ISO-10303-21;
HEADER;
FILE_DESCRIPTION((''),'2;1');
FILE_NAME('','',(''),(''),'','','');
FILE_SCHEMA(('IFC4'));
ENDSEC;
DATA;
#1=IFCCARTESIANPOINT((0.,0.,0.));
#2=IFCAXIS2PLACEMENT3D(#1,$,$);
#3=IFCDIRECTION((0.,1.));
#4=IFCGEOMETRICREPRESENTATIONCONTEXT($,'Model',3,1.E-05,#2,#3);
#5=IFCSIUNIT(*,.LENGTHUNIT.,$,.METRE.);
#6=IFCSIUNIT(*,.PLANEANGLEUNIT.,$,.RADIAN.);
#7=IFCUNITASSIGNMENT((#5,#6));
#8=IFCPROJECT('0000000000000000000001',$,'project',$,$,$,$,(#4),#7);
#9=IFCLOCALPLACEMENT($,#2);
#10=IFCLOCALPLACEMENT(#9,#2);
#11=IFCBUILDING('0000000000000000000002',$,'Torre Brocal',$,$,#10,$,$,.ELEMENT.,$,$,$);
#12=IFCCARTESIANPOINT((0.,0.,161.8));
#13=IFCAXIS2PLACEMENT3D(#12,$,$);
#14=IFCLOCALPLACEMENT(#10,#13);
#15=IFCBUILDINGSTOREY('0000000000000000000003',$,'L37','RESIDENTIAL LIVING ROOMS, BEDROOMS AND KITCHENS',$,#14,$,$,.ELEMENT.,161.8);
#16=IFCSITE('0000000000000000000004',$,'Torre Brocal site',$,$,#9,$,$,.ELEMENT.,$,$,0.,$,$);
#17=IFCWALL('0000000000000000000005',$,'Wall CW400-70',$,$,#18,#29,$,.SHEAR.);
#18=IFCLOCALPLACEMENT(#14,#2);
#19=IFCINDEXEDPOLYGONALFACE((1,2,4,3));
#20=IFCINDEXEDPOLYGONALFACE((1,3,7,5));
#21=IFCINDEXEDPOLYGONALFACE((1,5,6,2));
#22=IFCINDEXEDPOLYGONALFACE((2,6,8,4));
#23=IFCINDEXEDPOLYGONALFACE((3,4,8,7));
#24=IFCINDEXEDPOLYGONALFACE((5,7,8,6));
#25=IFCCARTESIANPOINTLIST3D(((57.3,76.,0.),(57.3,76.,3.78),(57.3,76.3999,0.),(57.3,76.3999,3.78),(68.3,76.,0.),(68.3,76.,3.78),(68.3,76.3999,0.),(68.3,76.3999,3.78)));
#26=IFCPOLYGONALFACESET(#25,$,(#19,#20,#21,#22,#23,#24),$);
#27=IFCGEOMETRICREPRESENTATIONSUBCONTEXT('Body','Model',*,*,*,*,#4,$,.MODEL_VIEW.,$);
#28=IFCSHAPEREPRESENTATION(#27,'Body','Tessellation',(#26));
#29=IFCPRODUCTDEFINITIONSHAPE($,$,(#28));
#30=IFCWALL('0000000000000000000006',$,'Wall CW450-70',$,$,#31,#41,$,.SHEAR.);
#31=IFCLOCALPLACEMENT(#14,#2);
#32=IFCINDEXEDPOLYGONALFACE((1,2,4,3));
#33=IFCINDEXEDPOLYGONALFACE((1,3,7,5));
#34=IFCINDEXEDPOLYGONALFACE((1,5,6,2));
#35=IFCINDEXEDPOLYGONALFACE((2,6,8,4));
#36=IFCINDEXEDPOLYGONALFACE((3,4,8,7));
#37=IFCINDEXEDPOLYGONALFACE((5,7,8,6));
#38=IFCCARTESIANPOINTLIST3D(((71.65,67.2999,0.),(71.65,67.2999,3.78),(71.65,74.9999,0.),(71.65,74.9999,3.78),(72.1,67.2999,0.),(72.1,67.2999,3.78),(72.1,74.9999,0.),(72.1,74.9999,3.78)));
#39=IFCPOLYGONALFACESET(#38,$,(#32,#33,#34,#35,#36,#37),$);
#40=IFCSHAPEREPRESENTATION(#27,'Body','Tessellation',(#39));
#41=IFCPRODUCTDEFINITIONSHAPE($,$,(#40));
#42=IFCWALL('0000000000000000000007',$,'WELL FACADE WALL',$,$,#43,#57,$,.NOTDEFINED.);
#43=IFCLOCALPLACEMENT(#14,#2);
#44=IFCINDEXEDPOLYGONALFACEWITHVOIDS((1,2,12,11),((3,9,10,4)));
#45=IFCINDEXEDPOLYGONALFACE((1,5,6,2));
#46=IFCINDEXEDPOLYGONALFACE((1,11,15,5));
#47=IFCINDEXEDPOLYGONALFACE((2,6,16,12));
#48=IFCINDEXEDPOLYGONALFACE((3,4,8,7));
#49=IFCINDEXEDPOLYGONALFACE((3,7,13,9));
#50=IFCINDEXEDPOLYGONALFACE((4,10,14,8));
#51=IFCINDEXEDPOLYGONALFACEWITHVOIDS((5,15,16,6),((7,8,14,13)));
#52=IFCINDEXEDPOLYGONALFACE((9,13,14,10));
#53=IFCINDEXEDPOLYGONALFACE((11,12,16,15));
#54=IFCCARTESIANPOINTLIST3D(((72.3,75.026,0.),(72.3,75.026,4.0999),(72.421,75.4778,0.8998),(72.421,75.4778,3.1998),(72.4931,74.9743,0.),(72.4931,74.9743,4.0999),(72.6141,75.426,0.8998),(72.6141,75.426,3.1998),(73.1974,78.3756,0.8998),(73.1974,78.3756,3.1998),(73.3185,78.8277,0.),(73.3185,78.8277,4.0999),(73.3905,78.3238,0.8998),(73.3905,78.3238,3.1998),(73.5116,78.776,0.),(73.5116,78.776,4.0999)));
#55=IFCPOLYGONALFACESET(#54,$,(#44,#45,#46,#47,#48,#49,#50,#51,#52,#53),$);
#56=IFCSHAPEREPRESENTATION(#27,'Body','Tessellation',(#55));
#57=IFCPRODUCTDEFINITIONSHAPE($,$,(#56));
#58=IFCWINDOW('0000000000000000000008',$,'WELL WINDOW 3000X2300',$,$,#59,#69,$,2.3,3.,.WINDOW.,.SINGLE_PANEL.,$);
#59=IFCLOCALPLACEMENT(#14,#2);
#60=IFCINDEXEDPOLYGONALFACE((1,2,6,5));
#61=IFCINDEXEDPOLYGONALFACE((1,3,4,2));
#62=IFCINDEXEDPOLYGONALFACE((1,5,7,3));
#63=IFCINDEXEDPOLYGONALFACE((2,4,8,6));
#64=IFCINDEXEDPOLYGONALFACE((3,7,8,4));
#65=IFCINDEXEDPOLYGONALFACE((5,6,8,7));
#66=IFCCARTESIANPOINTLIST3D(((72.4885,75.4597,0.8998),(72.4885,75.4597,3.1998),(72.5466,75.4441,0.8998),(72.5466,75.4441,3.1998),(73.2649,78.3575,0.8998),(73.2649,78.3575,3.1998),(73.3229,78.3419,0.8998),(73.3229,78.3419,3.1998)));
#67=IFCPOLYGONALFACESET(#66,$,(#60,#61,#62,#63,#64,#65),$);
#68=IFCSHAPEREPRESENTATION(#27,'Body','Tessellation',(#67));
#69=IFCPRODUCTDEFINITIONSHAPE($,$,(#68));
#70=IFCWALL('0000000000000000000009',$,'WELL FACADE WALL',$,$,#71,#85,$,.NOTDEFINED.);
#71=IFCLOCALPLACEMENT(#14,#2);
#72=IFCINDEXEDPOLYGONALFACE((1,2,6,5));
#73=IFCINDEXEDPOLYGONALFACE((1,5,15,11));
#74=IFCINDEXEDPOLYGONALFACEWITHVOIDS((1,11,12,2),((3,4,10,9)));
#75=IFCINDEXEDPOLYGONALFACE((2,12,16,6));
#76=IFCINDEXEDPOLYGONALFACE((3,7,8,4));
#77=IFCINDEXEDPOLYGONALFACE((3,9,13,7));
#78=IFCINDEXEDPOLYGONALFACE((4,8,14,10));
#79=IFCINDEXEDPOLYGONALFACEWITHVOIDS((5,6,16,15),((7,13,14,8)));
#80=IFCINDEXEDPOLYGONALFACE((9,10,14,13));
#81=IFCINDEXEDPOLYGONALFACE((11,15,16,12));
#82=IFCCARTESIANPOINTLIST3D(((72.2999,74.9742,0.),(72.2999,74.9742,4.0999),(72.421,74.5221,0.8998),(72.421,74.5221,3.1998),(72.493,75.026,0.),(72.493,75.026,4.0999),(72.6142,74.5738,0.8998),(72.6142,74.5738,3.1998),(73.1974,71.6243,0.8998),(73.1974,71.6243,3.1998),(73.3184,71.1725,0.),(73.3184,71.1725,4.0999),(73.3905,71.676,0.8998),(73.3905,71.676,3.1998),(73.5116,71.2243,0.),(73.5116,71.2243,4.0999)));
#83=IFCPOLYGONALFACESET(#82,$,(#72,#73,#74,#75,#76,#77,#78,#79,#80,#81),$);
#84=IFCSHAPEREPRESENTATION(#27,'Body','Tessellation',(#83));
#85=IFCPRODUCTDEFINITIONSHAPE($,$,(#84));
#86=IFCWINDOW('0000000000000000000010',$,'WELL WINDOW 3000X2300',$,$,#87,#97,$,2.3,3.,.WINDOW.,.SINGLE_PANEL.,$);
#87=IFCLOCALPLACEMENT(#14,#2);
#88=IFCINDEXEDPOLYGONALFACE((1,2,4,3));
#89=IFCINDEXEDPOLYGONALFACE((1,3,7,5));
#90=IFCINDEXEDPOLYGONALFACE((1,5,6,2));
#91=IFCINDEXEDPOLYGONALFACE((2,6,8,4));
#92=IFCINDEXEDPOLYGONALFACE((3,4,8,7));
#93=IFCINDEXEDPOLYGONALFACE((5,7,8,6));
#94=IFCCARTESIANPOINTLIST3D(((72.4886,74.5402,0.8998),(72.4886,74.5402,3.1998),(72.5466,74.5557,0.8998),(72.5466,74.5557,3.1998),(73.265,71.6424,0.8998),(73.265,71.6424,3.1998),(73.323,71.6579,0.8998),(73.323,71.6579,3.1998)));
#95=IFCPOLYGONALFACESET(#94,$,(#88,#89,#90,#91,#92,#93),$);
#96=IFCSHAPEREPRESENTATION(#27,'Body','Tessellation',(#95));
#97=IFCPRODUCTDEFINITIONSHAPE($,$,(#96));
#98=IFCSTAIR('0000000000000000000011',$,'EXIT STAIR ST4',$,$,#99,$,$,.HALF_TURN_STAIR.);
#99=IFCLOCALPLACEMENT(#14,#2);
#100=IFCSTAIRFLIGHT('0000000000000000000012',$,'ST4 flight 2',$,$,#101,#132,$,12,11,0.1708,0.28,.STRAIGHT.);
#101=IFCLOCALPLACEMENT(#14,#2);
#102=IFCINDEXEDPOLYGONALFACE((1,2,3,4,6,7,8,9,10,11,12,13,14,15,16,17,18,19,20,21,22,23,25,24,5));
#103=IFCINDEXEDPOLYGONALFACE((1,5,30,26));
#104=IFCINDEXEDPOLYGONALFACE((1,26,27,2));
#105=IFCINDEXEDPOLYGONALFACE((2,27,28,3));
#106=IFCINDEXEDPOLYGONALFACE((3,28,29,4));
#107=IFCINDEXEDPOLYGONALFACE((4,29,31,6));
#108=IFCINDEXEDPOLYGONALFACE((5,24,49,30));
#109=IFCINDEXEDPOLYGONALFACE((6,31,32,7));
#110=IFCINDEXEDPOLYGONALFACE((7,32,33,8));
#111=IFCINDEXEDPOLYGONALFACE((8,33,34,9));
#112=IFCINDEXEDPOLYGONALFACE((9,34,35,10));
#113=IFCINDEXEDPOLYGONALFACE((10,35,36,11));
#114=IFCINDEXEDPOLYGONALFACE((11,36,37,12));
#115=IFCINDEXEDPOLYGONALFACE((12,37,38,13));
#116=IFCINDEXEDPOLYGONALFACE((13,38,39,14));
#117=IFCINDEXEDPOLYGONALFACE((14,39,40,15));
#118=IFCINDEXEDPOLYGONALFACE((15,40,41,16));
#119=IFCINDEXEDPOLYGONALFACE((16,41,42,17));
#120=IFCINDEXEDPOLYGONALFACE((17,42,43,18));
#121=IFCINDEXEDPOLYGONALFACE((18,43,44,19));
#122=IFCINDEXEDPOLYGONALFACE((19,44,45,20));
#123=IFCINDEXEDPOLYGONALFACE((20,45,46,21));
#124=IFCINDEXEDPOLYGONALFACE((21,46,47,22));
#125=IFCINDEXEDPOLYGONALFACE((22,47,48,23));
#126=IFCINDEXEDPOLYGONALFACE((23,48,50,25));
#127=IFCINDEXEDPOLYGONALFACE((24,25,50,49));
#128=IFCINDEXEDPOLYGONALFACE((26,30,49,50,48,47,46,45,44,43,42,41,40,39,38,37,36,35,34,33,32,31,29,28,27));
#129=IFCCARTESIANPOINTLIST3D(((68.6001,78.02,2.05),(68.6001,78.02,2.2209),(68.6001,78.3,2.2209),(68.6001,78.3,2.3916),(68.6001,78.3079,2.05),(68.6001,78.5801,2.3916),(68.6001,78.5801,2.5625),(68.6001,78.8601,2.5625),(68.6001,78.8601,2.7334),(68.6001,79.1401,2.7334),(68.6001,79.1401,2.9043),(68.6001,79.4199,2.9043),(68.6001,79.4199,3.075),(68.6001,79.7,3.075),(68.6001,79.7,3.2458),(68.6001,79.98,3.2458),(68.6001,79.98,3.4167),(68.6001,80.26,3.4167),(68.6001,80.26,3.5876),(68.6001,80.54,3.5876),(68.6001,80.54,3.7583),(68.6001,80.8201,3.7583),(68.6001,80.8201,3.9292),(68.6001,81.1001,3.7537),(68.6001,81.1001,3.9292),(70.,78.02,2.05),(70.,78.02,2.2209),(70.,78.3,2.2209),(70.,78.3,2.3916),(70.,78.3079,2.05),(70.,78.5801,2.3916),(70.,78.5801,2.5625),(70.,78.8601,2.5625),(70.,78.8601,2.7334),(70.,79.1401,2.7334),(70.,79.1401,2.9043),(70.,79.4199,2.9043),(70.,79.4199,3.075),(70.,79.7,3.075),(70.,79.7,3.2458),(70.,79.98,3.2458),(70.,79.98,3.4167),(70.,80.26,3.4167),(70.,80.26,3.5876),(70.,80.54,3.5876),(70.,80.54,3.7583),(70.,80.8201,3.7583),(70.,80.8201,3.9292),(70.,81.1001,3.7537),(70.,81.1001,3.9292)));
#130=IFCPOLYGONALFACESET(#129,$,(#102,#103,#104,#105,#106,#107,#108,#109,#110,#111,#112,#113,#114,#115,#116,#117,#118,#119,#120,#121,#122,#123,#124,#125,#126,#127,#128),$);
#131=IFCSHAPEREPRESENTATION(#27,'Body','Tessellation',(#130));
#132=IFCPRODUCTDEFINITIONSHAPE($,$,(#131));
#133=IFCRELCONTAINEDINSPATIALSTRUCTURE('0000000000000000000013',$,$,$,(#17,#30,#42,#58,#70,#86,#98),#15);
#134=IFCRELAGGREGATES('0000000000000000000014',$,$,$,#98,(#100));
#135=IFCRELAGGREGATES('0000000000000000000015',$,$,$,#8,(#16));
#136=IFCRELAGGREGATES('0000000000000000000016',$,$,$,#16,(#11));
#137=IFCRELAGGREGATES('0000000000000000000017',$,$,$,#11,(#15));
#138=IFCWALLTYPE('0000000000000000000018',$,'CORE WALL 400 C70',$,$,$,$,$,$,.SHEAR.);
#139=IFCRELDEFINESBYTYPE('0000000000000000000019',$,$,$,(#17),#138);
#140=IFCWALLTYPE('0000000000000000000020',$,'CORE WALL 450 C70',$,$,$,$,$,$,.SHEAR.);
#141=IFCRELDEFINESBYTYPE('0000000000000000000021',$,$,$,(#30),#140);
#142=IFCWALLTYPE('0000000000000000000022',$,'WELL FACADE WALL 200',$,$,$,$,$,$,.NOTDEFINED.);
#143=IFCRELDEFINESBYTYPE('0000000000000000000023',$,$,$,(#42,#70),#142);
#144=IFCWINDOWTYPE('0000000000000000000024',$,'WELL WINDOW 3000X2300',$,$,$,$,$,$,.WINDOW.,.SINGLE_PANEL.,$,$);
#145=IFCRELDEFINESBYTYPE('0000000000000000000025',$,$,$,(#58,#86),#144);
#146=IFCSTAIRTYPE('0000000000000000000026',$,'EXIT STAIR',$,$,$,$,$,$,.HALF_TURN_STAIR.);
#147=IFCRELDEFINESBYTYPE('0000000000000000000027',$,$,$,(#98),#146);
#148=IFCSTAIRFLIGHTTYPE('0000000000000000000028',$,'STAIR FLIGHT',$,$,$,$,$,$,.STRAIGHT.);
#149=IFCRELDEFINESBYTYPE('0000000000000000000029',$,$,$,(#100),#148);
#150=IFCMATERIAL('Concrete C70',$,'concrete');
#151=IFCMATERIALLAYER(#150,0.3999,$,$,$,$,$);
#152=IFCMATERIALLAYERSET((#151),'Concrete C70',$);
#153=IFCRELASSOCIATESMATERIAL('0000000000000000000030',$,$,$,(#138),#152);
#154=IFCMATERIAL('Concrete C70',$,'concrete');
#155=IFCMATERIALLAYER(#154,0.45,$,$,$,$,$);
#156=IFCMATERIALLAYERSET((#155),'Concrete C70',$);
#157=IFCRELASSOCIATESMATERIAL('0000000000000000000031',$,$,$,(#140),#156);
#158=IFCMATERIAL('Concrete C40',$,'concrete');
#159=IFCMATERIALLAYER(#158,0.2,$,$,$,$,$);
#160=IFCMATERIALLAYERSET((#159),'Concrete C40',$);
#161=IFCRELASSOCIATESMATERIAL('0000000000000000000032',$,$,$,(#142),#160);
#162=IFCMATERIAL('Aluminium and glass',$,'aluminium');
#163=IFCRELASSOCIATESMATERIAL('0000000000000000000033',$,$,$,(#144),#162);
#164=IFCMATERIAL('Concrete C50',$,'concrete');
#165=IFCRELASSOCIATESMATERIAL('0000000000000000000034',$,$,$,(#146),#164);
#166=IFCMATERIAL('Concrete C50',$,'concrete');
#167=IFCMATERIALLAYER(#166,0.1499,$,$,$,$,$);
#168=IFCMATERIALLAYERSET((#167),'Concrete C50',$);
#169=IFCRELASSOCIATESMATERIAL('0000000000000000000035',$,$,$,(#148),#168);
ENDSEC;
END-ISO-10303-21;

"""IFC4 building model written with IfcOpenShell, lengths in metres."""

from ifc_helpers import new_model, si_unit, direction, frame, frame_2d, origin, place, context, subcontext, project, spatial, polyline, rectangle, outline, extrude, material, layer, layer_set, type_object, element, fill, aggregate, save


model = new_model("IFC4")

# Units and contexts
model_context = context("Model", 3, precision=1e-05, world=origin(), true_north=direction((0.0, 1.0)))
body_context = subcontext(model_context, "Body", "Model", "MODEL_VIEW")
ifc_project = project(units=[si_unit("LENGTHUNIT", "METRE"), si_unit("PLANEANGLEUNIT", "RADIAN")], contexts=[model_context])

# Site, building, storey
site_placement = place(None, origin())
site = spatial("IfcSite", under=ifc_project, at=site_placement, Name="Torre Brocal site", CompositionType="ELEMENT", RefElevation=0.0)
building_placement = place(site_placement, origin())
building = spatial("IfcBuilding", under=site, at=building_placement, Name="Torre Brocal", CompositionType="ELEMENT")
storey_placement = place(building_placement, frame((0.0, 0.0, 161.8)))
storey = spatial("IfcBuildingStorey", under=building, at=storey_placement, Name="L37", Description="RESIDENTIAL LIVING ROOMS, BEDROOMS AND KITCHENS", CompositionType="ELEMENT", Elevation=161.8)

# Walls
ifc_material_1 = material(Name="Concrete C70", Category="concrete")
ifc_layer_1 = layer(ifc_material_1, 0.3999)
ifc_layer_set_1 = layer_set([ifc_layer_1], Name="Concrete C70")
wall_type_1 = type_object("IfcWallType", Name="CORE WALL 400 C70", PredefinedType="SHEAR", material=ifc_layer_set_1)
wall_1_placement = place(storey_placement, frame((68.3, 76.2, 0.0), z_axis=(0.0, 0.0, 1.0), x_axis=(-1.0, 0.0, 0.0)))
element("IfcWall", 1, at=wall_1_placement, inside=storey, type_object=wall_type_1, Name="Wall CW400-70", PredefinedType="SHEAR", context=body_context, shape_type="SweptSolid", body=[
    extrude(rectangle(XDim=11.0, YDim=0.3999, at=frame_2d((5.5, 0.0))), origin(), (0.0, 0.0, 1.0), 3.78),
])
ifc_material_2 = material(Name="Concrete C70", Category="concrete")
ifc_layer_2 = layer(ifc_material_2, 0.45)
ifc_layer_set_2 = layer_set([ifc_layer_2], Name="Concrete C70")
wall_type_2 = type_object("IfcWallType", Name="CORE WALL 450 C70", PredefinedType="SHEAR", material=ifc_layer_set_2)
wall_2_placement = place(storey_placement, frame((71.875, 75.0, 0.0), z_axis=(0.0, 0.0, 1.0), x_axis=(0.0, -1.0, 0.0)))
element("IfcWall", 2, at=wall_2_placement, inside=storey, type_object=wall_type_2, Name="Wall CW450-70", PredefinedType="SHEAR", context=body_context, shape_type="SweptSolid", body=[
    extrude(rectangle(XDim=7.7, YDim=0.45, at=frame_2d((3.8501, 0.0))), origin(), (0.0, 0.0, 1.0), 3.78),
])

# Walls, openings, windows
ifc_material_3 = material(Name="Concrete C40", Category="concrete")
ifc_layer_3 = layer(ifc_material_3, 0.2)
ifc_layer_set_3 = layer_set([ifc_layer_3], Name="Concrete C40")
wall_type_3 = type_object("IfcWallType", Name="WELL FACADE WALL 200", PredefinedType="NOTDEFINED", material=ifc_layer_set_3)
wall_3_placement = place(storey_placement, frame((73.415, 78.8018, 0.0), z_axis=(0.0, 0.0, 1.0), x_axis=(-0.25879, -0.965934, 0.0)))
wall_3 = element("IfcWall", 3, at=wall_3_placement, inside=storey, type_object=wall_type_3, Name="WELL FACADE WALL", PredefinedType="NOTDEFINED", context=body_context, shape_type="SweptSolid", body=[
    extrude(rectangle(XDim=3.9358, YDim=0.2, at=frame_2d((1.9678, 0.0))), origin(), (0.0, 0.0, 1.0), 4.0999),
])
opening_1_placement = place(wall_3_placement, frame((0.468, 0.0, 0.8999)))
opening_1 = element("IfcOpeningElement", 4, at=opening_1_placement, cuts=wall_3, PredefinedType="OPENING", context=body_context, shape_type="SweptSolid", body=[
    extrude(rectangle(XDim=3.0, YDim=2.3, at=frame_2d((1.5, 1.1499))), frame((0.0, 0.1099, 0.0), z_axis=(0.0, -1.0, 0.0), x_axis=(1.0, 0.0, 0.0)), (0.0, 0.0, 1.0), 0.22),
])
ifc_material_4 = material(Name="Aluminium and glass", Category="aluminium")
window_type = type_object("IfcWindowType", Name="WELL WINDOW 3000X2300", PartitioningType="SINGLE_PANEL", PredefinedType="WINDOW", material=ifc_material_4)
window_1_placement = place(opening_1_placement, origin())
window_1 = element("IfcWindow", 5, at=window_1_placement, inside=storey, type_object=window_type, Name="WELL WINDOW 3000X2300", OverallHeight=2.3, OverallWidth=3.0, PartitioningType="SINGLE_PANEL", PredefinedType="WINDOW", context=body_context, shape_type="SweptSolid", body=[
    extrude(rectangle(XDim=3.0, YDim=2.3, at=frame_2d((1.5, 1.1499))), frame((0.0, 0.03, 0.0), z_axis=(0.0, -1.0, 0.0), x_axis=(1.0, 0.0, 0.0)), (0.0, 0.0, 1.0), 0.0601),
])
fill(opening_1, window_1)
wall_4_placement = place(storey_placement, frame((72.3965, 75.0, 0.0), z_axis=(0.0, 0.0, 1.0), x_axis=(0.25879, -0.965934, 0.0)))
wall_4 = element("IfcWall", 6, at=wall_4_placement, inside=storey, type_object=wall_type_3, Name="WELL FACADE WALL", PredefinedType="NOTDEFINED", context=body_context, shape_type="SweptSolid", body=[
    extrude(rectangle(XDim=3.9358, YDim=0.2, at=frame_2d((1.9678, 0.0))), origin(), (0.0, 0.0, 1.0), 4.0999),
])
opening_2_placement = place(wall_4_placement, frame((0.468, 0.0, 0.8999)))
opening_2 = element("IfcOpeningElement", 7, at=opening_2_placement, cuts=wall_4, PredefinedType="OPENING", context=body_context, shape_type="SweptSolid", body=[
    extrude(rectangle(XDim=3.0, YDim=2.3, at=frame_2d((1.5, 1.1499))), frame((0.0, 0.1099, 0.0), z_axis=(0.0, -1.0, 0.0), x_axis=(1.0, 0.0, 0.0)), (0.0, 0.0, 1.0), 0.22),
])
window_2_placement = place(opening_2_placement, origin())
window_2 = element("IfcWindow", 8, at=window_2_placement, inside=storey, type_object=window_type, Name="WELL WINDOW 3000X2300", OverallHeight=2.3, OverallWidth=3.0, PartitioningType="SINGLE_PANEL", PredefinedType="WINDOW", context=body_context, shape_type="SweptSolid", body=[
    extrude(rectangle(XDim=3.0, YDim=2.3, at=frame_2d((1.5, 1.1499))), frame((0.0, 0.03, 0.0), z_axis=(0.0, -1.0, 0.0), x_axis=(1.0, 0.0, 0.0)), (0.0, 0.0, 1.0), 0.0601),
])
fill(opening_2, window_2)

# Stair, stair flight
ifc_material_5 = material(Name="Concrete C50", Category="concrete")
stair_type = type_object("IfcStairType", Name="EXIT STAIR", PredefinedType="HALF_TURN_STAIR", material=ifc_material_5)
stair_placement = place(storey_placement, origin())
stair = element("IfcStair", 9, at=stair_placement, inside=storey, type_object=stair_type, Name="EXIT STAIR ST4", PredefinedType="HALF_TURN_STAIR")
ifc_material_6 = material(Name="Concrete C50", Category="concrete")
ifc_layer_4 = layer(ifc_material_6, 0.1499)
ifc_layer_set_4 = layer_set([ifc_layer_4], Name="Concrete C50")
stair_flight_type = type_object("IfcStairFlightType", Name="STAIR FLIGHT", PredefinedType="STRAIGHT", material=ifc_layer_set_4)
stair_flight_placement = place(storey_placement, frame((69.3, 78.02, 2.05), z_axis=(0.0, 0.0, 1.0), x_axis=(0.0, 1.0, 0.0)))
stair_flight = element("IfcStairFlight", 10, at=stair_flight_placement, type_object=stair_flight_type, Name="ST4 flight 2", NumberOfRisers=12, NumberOfTreads=11, PredefinedType="STRAIGHT", RiserHeight=0.1708, TreadLength=0.28, context=body_context, shape_type="SweptSolid", body=[
    extrude(outline(polyline([(0.0, 0.0), (0.0, 0.1709), (0.28, 0.1709), (0.28, 0.3416), (0.5601, 0.3416), (0.5601, 0.5125), (0.8401, 0.5125), (0.8401, 0.6833), (1.1201, 0.6833), (1.1201, 0.8542), (1.3999, 0.8542), (1.3999, 1.0249), (1.6799, 1.0249), (1.6799, 1.1958), (1.96, 1.1958), (1.96, 1.3667), (2.24, 1.3667), (2.24, 1.5376), (2.52, 1.5376), (2.52, 1.7083), (2.8, 1.7083), (2.8, 1.8792), (3.0801, 1.8792), (3.0801, 2.05), (3.0801, 1.7036), (0.2878, 0.0), (0.0, 0.0)])), frame((0.0, 0.7, 0.0), z_axis=(0.0, -1.0, 0.0), x_axis=(1.0, 0.0, 0.0)), (0.0, 0.0, 1.0), 1.3999),
])
aggregate(stair, [stair_flight])

save(model, "model.ifc")
